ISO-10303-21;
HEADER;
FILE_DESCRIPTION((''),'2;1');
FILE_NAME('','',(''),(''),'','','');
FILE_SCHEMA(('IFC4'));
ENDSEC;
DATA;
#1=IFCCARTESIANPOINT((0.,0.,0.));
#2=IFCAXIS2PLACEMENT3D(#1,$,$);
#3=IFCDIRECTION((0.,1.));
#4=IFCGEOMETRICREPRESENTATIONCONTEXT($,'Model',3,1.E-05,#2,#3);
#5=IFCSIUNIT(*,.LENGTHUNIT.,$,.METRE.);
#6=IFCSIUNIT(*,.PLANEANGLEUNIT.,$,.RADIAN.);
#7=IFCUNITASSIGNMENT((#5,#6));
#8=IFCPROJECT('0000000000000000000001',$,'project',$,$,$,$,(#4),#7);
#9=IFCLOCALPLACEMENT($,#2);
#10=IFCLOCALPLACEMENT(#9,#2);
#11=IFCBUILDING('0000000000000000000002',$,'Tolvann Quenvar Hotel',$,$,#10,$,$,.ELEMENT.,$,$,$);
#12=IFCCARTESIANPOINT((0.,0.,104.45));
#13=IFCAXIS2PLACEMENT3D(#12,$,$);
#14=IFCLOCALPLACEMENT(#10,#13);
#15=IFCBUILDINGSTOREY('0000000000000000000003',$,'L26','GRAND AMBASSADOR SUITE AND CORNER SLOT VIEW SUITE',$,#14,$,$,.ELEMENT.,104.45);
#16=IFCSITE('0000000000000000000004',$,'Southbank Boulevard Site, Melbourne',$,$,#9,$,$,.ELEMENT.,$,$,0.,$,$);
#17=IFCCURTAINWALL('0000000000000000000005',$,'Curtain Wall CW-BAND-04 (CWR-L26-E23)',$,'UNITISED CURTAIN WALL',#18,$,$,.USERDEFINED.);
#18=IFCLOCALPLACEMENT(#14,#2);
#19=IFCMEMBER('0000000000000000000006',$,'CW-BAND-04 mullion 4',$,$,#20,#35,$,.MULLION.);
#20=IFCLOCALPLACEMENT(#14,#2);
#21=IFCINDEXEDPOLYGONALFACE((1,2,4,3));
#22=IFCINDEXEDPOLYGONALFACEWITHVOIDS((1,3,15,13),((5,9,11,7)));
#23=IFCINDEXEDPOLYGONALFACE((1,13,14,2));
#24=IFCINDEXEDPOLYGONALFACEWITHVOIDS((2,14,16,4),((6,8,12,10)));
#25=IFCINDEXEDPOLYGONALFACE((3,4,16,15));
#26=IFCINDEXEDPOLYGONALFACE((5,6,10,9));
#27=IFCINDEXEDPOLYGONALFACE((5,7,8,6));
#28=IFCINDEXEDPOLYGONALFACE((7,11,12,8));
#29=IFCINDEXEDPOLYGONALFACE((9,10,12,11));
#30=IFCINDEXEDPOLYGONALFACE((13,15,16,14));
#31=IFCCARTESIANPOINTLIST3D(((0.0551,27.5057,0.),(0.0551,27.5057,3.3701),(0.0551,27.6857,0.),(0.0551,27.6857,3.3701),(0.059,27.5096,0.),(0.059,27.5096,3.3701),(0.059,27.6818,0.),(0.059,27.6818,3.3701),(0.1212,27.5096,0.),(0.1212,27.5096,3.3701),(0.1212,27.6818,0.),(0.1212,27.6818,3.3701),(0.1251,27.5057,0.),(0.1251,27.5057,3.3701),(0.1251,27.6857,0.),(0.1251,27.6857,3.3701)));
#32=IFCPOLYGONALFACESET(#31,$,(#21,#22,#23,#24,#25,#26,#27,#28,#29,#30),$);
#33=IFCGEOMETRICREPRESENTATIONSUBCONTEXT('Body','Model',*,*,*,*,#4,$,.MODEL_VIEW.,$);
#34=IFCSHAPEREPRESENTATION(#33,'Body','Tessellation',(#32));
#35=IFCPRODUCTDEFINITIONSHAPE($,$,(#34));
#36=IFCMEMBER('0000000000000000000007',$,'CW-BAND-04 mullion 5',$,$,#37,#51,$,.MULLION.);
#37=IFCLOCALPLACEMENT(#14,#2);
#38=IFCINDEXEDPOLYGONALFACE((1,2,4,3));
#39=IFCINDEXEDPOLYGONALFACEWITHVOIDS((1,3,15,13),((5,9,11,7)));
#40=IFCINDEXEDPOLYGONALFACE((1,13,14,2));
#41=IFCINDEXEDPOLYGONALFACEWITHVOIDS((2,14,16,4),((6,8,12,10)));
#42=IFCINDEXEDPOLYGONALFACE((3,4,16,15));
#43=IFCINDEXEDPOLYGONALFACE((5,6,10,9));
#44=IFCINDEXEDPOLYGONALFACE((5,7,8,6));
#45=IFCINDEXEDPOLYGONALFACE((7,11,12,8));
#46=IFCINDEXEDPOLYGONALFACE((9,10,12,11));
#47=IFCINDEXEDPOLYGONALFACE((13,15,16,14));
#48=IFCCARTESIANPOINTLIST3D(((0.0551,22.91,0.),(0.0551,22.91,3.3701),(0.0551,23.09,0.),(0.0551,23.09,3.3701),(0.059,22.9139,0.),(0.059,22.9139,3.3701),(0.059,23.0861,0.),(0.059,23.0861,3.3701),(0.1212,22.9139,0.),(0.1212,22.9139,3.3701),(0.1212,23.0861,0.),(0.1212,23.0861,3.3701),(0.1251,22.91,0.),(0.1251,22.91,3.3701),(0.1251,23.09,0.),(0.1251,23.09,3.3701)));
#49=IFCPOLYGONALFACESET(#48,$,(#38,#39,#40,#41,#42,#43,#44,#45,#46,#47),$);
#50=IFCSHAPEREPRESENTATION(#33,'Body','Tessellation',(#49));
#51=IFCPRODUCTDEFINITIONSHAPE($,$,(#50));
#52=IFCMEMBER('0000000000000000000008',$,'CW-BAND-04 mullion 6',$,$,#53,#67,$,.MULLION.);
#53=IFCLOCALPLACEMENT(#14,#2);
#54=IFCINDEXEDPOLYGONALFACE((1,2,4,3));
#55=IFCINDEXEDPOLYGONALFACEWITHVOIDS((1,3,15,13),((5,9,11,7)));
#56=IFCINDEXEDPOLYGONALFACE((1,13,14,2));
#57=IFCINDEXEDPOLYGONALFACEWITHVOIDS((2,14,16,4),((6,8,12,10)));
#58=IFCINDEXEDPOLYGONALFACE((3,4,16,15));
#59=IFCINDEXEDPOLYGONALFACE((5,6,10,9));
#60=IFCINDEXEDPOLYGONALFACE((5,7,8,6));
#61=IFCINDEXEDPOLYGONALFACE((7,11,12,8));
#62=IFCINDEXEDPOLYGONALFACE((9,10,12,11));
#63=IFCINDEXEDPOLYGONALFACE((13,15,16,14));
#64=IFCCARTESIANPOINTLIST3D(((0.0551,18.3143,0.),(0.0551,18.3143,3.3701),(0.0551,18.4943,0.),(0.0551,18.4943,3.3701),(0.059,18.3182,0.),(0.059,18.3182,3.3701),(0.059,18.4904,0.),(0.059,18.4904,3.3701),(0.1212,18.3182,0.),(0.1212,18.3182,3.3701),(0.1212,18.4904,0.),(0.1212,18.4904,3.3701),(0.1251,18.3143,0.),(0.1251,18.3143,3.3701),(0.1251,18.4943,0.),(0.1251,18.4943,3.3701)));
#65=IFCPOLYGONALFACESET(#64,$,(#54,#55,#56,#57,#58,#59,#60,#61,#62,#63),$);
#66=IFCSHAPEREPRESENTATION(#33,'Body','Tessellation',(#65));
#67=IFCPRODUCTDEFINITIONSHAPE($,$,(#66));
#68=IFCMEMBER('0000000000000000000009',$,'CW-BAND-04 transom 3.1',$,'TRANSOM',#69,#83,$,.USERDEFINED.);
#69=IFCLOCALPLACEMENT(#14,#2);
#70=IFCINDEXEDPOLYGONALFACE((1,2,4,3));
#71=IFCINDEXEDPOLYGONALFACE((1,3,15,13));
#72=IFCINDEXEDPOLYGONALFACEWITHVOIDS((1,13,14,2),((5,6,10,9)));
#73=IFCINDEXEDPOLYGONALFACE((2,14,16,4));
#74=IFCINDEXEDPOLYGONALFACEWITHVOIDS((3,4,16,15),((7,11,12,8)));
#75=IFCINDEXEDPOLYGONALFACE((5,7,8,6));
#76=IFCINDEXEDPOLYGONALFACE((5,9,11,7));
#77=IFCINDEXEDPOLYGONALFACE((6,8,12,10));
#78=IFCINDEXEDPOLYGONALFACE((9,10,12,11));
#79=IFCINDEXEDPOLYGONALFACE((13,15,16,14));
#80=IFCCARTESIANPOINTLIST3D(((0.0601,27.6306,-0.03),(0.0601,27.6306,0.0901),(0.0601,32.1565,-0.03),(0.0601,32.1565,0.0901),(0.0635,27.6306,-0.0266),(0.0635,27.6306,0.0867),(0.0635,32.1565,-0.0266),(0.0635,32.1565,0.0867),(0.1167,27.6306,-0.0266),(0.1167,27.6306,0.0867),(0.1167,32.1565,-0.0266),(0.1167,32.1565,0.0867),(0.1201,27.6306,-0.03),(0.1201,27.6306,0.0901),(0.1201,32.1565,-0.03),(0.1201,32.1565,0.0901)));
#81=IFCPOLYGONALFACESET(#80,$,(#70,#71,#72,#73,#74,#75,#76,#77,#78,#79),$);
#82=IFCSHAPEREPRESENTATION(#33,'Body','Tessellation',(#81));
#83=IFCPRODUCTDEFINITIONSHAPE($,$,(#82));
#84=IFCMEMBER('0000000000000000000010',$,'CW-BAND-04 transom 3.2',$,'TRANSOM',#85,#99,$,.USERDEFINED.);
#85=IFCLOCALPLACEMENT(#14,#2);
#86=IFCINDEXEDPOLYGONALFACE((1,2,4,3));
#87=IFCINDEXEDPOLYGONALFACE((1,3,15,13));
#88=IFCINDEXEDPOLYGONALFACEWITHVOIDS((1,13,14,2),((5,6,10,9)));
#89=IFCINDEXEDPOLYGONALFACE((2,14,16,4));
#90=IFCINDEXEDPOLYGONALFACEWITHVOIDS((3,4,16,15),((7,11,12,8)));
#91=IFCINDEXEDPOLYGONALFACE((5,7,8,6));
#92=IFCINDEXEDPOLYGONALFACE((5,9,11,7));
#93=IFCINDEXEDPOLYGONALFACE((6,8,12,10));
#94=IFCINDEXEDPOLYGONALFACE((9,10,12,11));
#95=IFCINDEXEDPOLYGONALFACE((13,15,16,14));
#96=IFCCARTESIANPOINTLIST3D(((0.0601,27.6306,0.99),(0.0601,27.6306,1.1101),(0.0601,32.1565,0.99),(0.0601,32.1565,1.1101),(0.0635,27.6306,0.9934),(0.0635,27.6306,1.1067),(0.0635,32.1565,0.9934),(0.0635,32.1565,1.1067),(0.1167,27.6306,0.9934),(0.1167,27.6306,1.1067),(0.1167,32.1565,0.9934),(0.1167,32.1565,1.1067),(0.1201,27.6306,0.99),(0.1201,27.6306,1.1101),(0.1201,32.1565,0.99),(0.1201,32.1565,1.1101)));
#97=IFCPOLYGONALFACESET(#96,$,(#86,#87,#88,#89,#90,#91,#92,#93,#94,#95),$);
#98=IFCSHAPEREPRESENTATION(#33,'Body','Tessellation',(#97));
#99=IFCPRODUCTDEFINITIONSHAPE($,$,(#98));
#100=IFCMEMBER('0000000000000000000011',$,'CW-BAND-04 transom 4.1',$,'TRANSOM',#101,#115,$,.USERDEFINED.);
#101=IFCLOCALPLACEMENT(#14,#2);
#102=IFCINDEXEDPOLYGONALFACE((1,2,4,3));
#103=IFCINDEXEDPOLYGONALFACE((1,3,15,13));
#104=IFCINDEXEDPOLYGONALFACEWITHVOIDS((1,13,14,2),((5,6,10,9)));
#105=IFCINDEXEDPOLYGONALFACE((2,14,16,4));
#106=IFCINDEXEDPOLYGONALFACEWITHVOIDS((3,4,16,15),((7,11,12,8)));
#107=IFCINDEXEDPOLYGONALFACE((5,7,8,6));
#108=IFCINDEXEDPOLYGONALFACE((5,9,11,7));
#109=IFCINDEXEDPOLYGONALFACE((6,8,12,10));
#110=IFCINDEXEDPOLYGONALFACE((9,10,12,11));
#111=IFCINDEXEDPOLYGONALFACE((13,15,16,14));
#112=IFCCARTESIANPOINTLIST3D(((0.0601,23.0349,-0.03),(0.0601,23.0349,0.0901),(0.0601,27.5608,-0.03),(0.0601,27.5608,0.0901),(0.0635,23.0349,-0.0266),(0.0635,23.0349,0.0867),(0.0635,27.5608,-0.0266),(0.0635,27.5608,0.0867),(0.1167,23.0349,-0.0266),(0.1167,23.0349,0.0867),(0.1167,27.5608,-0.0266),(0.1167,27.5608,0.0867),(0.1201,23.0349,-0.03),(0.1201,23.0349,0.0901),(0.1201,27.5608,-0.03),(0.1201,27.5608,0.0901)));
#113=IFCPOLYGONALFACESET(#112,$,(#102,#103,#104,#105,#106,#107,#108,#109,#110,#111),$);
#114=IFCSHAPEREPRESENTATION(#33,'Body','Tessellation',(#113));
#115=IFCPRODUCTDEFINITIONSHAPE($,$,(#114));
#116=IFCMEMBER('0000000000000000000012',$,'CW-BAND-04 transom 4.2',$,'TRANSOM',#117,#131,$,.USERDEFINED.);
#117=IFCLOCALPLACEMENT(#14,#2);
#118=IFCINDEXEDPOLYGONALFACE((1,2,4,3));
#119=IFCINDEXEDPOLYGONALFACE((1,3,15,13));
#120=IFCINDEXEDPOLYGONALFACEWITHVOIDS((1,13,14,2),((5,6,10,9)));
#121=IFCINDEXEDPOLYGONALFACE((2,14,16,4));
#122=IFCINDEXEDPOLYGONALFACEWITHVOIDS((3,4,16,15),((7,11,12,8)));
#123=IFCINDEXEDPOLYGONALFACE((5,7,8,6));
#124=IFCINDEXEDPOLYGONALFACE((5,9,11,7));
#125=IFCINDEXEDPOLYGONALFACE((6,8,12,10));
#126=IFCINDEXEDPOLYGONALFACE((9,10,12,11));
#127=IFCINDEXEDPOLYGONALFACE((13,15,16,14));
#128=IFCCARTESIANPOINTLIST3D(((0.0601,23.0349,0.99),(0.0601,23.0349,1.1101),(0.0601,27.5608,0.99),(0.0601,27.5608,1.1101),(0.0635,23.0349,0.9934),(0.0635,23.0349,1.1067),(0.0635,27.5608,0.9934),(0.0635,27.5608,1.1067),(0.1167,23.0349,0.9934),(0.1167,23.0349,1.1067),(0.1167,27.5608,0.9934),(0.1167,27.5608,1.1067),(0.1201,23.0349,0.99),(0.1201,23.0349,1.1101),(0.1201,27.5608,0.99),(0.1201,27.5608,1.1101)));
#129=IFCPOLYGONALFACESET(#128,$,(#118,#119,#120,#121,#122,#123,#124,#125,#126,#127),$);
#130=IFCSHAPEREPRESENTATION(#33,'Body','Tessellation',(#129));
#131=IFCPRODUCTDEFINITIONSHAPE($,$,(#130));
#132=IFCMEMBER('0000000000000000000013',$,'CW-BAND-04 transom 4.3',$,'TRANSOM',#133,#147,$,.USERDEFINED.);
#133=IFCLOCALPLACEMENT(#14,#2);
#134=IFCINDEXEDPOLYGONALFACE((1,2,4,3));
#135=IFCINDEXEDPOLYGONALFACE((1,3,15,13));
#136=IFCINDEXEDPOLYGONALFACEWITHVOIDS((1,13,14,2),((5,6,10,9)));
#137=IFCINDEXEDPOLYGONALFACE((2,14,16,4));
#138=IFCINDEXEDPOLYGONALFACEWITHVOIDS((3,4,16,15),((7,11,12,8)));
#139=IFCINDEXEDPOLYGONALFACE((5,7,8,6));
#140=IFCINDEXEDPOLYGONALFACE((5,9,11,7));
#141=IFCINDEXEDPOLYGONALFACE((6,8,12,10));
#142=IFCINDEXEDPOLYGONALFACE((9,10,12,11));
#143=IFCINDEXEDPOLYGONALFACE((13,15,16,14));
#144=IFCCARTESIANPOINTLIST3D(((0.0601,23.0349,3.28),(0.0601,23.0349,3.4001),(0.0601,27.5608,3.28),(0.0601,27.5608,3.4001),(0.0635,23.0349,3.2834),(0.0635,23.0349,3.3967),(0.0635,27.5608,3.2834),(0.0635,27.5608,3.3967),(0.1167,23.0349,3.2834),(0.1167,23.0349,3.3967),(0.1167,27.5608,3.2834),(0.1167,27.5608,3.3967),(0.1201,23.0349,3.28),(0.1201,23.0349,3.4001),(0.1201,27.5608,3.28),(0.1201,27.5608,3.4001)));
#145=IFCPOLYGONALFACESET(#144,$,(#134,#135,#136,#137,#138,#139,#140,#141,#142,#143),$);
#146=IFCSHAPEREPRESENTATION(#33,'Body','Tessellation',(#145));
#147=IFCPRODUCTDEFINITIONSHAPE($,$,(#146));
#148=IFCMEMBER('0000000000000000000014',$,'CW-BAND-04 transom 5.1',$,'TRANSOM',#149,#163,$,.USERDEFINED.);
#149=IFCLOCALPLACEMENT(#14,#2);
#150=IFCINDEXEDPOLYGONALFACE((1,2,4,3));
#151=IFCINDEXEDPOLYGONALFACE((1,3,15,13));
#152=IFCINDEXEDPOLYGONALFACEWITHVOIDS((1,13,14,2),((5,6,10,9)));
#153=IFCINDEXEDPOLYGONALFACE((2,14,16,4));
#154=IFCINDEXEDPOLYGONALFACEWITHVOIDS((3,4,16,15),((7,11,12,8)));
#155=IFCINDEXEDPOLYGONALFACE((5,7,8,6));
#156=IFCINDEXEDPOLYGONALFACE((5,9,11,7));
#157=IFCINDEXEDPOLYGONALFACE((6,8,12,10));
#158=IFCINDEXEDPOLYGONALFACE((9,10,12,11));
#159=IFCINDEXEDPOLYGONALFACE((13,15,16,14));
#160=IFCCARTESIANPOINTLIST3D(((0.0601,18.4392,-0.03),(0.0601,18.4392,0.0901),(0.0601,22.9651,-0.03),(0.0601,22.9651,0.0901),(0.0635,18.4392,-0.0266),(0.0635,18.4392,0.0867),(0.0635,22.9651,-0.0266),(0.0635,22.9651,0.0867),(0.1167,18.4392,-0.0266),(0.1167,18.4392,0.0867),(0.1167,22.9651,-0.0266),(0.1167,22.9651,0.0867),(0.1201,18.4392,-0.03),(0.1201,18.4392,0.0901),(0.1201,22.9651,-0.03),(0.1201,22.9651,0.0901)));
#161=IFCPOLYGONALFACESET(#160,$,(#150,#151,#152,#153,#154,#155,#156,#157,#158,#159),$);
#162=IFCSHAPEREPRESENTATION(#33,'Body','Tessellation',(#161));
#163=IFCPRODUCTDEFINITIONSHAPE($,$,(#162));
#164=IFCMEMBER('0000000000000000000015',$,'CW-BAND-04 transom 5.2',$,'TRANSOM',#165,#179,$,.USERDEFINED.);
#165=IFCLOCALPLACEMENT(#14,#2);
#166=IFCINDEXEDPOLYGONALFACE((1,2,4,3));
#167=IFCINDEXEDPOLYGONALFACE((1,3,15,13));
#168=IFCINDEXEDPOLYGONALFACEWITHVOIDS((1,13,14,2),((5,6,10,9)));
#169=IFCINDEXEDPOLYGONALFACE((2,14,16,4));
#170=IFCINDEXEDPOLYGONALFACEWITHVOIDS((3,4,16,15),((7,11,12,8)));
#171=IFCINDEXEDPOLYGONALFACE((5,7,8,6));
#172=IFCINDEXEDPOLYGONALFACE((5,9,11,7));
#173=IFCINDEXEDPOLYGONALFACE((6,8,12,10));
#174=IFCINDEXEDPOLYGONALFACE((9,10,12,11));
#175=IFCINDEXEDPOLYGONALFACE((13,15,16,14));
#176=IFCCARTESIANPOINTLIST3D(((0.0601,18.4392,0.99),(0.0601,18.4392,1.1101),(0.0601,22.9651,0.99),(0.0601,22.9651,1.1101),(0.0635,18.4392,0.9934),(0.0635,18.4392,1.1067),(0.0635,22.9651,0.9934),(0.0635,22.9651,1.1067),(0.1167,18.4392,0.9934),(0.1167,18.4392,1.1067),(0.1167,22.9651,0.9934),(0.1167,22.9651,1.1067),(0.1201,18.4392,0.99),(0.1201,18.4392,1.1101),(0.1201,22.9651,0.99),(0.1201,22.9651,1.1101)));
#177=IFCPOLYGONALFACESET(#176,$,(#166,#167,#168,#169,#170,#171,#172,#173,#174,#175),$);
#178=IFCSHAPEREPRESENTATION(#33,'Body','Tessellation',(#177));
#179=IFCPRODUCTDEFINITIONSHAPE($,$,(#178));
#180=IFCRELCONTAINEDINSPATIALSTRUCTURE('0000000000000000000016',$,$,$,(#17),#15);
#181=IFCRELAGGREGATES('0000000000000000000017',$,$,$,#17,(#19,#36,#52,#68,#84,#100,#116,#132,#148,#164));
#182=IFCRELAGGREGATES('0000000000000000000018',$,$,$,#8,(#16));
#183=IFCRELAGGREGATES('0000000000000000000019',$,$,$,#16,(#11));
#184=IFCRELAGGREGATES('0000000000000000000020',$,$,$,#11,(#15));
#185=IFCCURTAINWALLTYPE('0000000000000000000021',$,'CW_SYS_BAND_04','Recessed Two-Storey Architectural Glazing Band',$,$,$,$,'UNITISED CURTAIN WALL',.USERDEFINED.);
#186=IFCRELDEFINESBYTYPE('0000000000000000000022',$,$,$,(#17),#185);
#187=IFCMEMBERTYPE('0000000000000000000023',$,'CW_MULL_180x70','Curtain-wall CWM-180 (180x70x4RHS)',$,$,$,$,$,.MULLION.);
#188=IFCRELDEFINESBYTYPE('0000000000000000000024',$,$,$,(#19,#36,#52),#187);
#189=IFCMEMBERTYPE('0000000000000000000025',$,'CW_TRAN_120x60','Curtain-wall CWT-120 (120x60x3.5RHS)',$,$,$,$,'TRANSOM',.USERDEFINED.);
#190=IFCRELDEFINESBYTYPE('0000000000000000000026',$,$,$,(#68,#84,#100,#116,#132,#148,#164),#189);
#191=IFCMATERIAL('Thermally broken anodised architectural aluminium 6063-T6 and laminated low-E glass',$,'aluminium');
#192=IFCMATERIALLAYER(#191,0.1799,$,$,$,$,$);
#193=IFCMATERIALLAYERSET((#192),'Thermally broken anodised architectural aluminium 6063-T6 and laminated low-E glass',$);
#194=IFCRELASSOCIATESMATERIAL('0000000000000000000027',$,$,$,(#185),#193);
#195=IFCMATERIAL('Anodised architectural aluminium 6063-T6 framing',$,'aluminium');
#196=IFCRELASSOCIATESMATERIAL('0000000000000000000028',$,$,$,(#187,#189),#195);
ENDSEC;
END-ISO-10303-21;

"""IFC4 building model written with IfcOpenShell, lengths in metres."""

from ifc_helpers import new_model, si_unit, direction, frame, origin, origin_2d, place, context, subcontext, project, spatial, hollow_rectangle, extrude, source, transform, mapped, material, layer, layer_set, material_profile, profile_set, type_object, type_shapes, element, aggregate, save


model = new_model("IFC4")

# Units and contexts
model_context = context("Model", 3, precision=1e-05, world=origin(), true_north=direction((0.0, 1.0)))
body_context = subcontext(model_context, "Body", "Model", "MODEL_VIEW")
ifc_project = project(units=[si_unit("LENGTHUNIT", "METRE"), si_unit("PLANEANGLEUNIT", "RADIAN")], contexts=[model_context])

# Site, building, storey
site_placement = place(None, origin())
site = spatial("IfcSite", under=ifc_project, at=site_placement, Name="Southbank Boulevard Site, Melbourne", CompositionType="ELEMENT", RefElevation=0.0)
building_placement = place(site_placement, origin())
building = spatial("IfcBuilding", under=site, at=building_placement, Name="Tolvann Quenvar Hotel", CompositionType="ELEMENT")
storey_placement = place(building_placement, frame((0.0, 0.0, 104.45)))
storey = spatial("IfcBuildingStorey", under=building, at=storey_placement, Name="L26", Description="GRAND AMBASSADOR SUITE AND CORNER SLOT VIEW SUITE", CompositionType="ELEMENT", Elevation=104.45)

# Curtain wall, members
ifc_material_1 = material(Name="Thermally broken anodised architectural aluminium 6063-T6 and laminated low-E glass", Category="aluminium")
ifc_layer_1 = layer(ifc_material_1, 0.1799)
ifc_layer_set_1 = layer_set([ifc_layer_1], Name="Thermally broken anodised architectural aluminium 6063-T6 and laminated low-E glass")
curtain_wall_type = type_object("IfcCurtainWallType", Name="CW_SYS_BAND_04", Description="Recessed Two-Storey Architectural Glazing Band", ElementType="UNITISED CURTAIN WALL", PredefinedType="USERDEFINED", material=ifc_layer_set_1)
curtain_wall_placement = place(storey_placement, origin())
curtain_wall = element("IfcCurtainWall", 1, at=curtain_wall_placement, inside=storey, type_object=curtain_wall_type, Name="Curtain Wall CW-BAND-04 (CWR-L26-E23)", ObjectType="UNITISED CURTAIN WALL", PredefinedType="USERDEFINED")
ifc_material_2 = material(Name="Anodised architectural aluminium 6063-T6 framing", Category="aluminium")
ifc_material_profile_1 = material_profile(ifc_material_2, hollow_rectangle(XDim=0.0701, YDim=0.1799, WallThickness=0.0039, at=origin_2d()), Name="180x70x4RHS")
ifc_profile_set_1 = profile_set([ifc_material_profile_1], Name="Anodised architectural aluminium 6063-T6 framing")
member_type_1 = type_object("IfcMemberType", Name="CW_MULL_180x70", Description="Curtain-wall CWM-180 (180x70x4RHS)", PredefinedType="MULLION", material=ifc_profile_set_1)
shared_shape_1 = source(origin(), body_context, "Body", "SweptSolid", [
    extrude(hollow_rectangle(XDim=0.0701, YDim=0.1799, WallThickness=0.0039, at=origin_2d()), origin(), (0.0, 0.0, 1.0), 3.3701),
])
type_shapes(member_type_1, [shared_shape_1])
member_1_placement = place(storey_placement, frame((0.0901, 27.5957, 0.0), z_axis=(0.0, 0.0, 1.0), x_axis=(1.0, 0.0, 0.0)))
member_1 = element("IfcMember", 2, at=member_1_placement, type_object=member_type_1, Name="CW-BAND-04 mullion 4", PredefinedType="MULLION", context=body_context, shape_type="MappedRepresentation", body=[
    mapped(shared_shape_1, transform((0.0, 0.0, 0.0), x_axis=(1.0, 0.0, 0.0), y_axis=(0.0, 1.0, 0.0), z_axis=(0.0, 0.0, 1.0), scale=1.0)),
])
member_2_placement = place(storey_placement, frame((0.0901, 23.0, 0.0), z_axis=(0.0, 0.0, 1.0), x_axis=(1.0, 0.0, 0.0)))
member_2 = element("IfcMember", 3, at=member_2_placement, type_object=member_type_1, Name="CW-BAND-04 mullion 5", PredefinedType="MULLION", context=body_context, shape_type="MappedRepresentation", body=[
    mapped(shared_shape_1, transform((0.0, 0.0, 0.0), x_axis=(1.0, 0.0, 0.0), y_axis=(0.0, 1.0, 0.0), z_axis=(0.0, 0.0, 1.0), scale=1.0)),
])
member_3_placement = place(storey_placement, frame((0.0901, 18.4043, 0.0), z_axis=(0.0, 0.0, 1.0), x_axis=(1.0, 0.0, 0.0)))
member_3 = element("IfcMember", 4, at=member_3_placement, type_object=member_type_1, Name="CW-BAND-04 mullion 6", PredefinedType="MULLION", context=body_context, shape_type="MappedRepresentation", body=[
    mapped(shared_shape_1, transform((0.0, 0.0, 0.0), x_axis=(1.0, 0.0, 0.0), y_axis=(0.0, 1.0, 0.0), z_axis=(0.0, 0.0, 1.0), scale=1.0)),
])
ifc_material_profile_2 = material_profile(ifc_material_2, hollow_rectangle(XDim=0.0601, YDim=0.1201, WallThickness=0.0034, at=origin_2d()), Name="120x60x3.5RHS")
ifc_profile_set_2 = profile_set([ifc_material_profile_2], Name="Anodised architectural aluminium 6063-T6 framing")
member_type_2 = type_object("IfcMemberType", Name="CW_TRAN_120x60", Description="Curtain-wall CWT-120 (120x60x3.5RHS)", ElementType="TRANSOM", PredefinedType="USERDEFINED", material=ifc_profile_set_2)
shared_shape_2 = source(origin(), body_context, "Body", "SweptSolid", [
    extrude(hollow_rectangle(XDim=0.0601, YDim=0.1201, WallThickness=0.0034, at=origin_2d()), origin(), (0.0, 0.0, 1.0), 4.5259),
])
type_shapes(member_type_2, [shared_shape_2])
member_4_placement = place(storey_placement, frame((0.0901, 32.1565, 0.03), z_axis=(0.0, -1.0, 0.0), x_axis=(1.0, 0.0, 0.0)))
member_4 = element("IfcMember", 5, at=member_4_placement, type_object=member_type_2, Name="CW-BAND-04 transom 3.1", ObjectType="TRANSOM", PredefinedType="USERDEFINED", context=body_context, shape_type="MappedRepresentation", body=[
    mapped(shared_shape_2, transform((0.0, 0.0, 0.0), x_axis=(1.0, 0.0, 0.0), y_axis=(0.0, 1.0, 0.0), z_axis=(0.0, 0.0, 1.0), scale=1.0)),
])
member_5_placement = place(storey_placement, frame((0.0901, 32.1565, 1.05), z_axis=(0.0, -1.0, 0.0), x_axis=(1.0, 0.0, 0.0)))
member_5 = element("IfcMember", 6, at=member_5_placement, type_object=member_type_2, Name="CW-BAND-04 transom 3.2", ObjectType="TRANSOM", PredefinedType="USERDEFINED", context=body_context, shape_type="MappedRepresentation", body=[
    mapped(shared_shape_2, transform((0.0, 0.0, 0.0), x_axis=(1.0, 0.0, 0.0), y_axis=(0.0, 1.0, 0.0), z_axis=(0.0, 0.0, 1.0), scale=1.0)),
])
member_6_placement = place(storey_placement, frame((0.0901, 27.5608, 0.03), z_axis=(0.0, -1.0, 0.0), x_axis=(1.0, 0.0, 0.0)))
member_6 = element("IfcMember", 7, at=member_6_placement, type_object=member_type_2, Name="CW-BAND-04 transom 4.1", ObjectType="TRANSOM", PredefinedType="USERDEFINED", context=body_context, shape_type="MappedRepresentation", body=[
    mapped(shared_shape_2, transform((0.0, 0.0, 0.0), x_axis=(1.0, 0.0, 0.0), y_axis=(0.0, 1.0, 0.0), z_axis=(0.0, 0.0, 1.0), scale=1.0)),
])
member_7_placement = place(storey_placement, frame((0.0901, 27.5608, 1.05), z_axis=(0.0, -1.0, 0.0), x_axis=(1.0, 0.0, 0.0)))
member_7 = element("IfcMember", 8, at=member_7_placement, type_object=member_type_2, Name="CW-BAND-04 transom 4.2", ObjectType="TRANSOM", PredefinedType="USERDEFINED", context=body_context, shape_type="MappedRepresentation", body=[
    mapped(shared_shape_2, transform((0.0, 0.0, 0.0), x_axis=(1.0, 0.0, 0.0), y_axis=(0.0, 1.0, 0.0), z_axis=(0.0, 0.0, 1.0), scale=1.0)),
])
member_8_placement = place(storey_placement, frame((0.0901, 27.5608, 3.3401), z_axis=(0.0, -1.0, 0.0), x_axis=(1.0, 0.0, 0.0)))
member_8 = element("IfcMember", 9, at=member_8_placement, type_object=member_type_2, Name="CW-BAND-04 transom 4.3", ObjectType="TRANSOM", PredefinedType="USERDEFINED", context=body_context, shape_type="MappedRepresentation", body=[
    mapped(shared_shape_2, transform((0.0, 0.0, 0.0), x_axis=(1.0, 0.0, 0.0), y_axis=(0.0, 1.0, 0.0), z_axis=(0.0, 0.0, 1.0), scale=1.0)),
])
member_9_placement = place(storey_placement, frame((0.0901, 22.9651, 0.03), z_axis=(0.0, -1.0, 0.0), x_axis=(1.0, 0.0, 0.0)))
member_9 = element("IfcMember", 10, at=member_9_placement, type_object=member_type_2, Name="CW-BAND-04 transom 5.1", ObjectType="TRANSOM", PredefinedType="USERDEFINED", context=body_context, shape_type="MappedRepresentation", body=[
    mapped(shared_shape_2, transform((0.0, 0.0, 0.0), x_axis=(1.0, 0.0, 0.0), y_axis=(0.0, 1.0, 0.0), z_axis=(0.0, 0.0, 1.0), scale=1.0)),
])
member_10_placement = place(storey_placement, frame((0.0901, 22.9651, 1.05), z_axis=(0.0, -1.0, 0.0), x_axis=(1.0, 0.0, 0.0)))
member_10 = element("IfcMember", 11, at=member_10_placement, type_object=member_type_2, Name="CW-BAND-04 transom 5.2", ObjectType="TRANSOM", PredefinedType="USERDEFINED", context=body_context, shape_type="MappedRepresentation", body=[
    mapped(shared_shape_2, transform((0.0, 0.0, 0.0), x_axis=(1.0, 0.0, 0.0), y_axis=(0.0, 1.0, 0.0), z_axis=(0.0, 0.0, 1.0), scale=1.0)),
])
aggregate(curtain_wall, [member_1, member_2, member_3, member_4, member_5, member_6, member_7, member_8, member_9, member_10])

save(model, "model.ifc")
